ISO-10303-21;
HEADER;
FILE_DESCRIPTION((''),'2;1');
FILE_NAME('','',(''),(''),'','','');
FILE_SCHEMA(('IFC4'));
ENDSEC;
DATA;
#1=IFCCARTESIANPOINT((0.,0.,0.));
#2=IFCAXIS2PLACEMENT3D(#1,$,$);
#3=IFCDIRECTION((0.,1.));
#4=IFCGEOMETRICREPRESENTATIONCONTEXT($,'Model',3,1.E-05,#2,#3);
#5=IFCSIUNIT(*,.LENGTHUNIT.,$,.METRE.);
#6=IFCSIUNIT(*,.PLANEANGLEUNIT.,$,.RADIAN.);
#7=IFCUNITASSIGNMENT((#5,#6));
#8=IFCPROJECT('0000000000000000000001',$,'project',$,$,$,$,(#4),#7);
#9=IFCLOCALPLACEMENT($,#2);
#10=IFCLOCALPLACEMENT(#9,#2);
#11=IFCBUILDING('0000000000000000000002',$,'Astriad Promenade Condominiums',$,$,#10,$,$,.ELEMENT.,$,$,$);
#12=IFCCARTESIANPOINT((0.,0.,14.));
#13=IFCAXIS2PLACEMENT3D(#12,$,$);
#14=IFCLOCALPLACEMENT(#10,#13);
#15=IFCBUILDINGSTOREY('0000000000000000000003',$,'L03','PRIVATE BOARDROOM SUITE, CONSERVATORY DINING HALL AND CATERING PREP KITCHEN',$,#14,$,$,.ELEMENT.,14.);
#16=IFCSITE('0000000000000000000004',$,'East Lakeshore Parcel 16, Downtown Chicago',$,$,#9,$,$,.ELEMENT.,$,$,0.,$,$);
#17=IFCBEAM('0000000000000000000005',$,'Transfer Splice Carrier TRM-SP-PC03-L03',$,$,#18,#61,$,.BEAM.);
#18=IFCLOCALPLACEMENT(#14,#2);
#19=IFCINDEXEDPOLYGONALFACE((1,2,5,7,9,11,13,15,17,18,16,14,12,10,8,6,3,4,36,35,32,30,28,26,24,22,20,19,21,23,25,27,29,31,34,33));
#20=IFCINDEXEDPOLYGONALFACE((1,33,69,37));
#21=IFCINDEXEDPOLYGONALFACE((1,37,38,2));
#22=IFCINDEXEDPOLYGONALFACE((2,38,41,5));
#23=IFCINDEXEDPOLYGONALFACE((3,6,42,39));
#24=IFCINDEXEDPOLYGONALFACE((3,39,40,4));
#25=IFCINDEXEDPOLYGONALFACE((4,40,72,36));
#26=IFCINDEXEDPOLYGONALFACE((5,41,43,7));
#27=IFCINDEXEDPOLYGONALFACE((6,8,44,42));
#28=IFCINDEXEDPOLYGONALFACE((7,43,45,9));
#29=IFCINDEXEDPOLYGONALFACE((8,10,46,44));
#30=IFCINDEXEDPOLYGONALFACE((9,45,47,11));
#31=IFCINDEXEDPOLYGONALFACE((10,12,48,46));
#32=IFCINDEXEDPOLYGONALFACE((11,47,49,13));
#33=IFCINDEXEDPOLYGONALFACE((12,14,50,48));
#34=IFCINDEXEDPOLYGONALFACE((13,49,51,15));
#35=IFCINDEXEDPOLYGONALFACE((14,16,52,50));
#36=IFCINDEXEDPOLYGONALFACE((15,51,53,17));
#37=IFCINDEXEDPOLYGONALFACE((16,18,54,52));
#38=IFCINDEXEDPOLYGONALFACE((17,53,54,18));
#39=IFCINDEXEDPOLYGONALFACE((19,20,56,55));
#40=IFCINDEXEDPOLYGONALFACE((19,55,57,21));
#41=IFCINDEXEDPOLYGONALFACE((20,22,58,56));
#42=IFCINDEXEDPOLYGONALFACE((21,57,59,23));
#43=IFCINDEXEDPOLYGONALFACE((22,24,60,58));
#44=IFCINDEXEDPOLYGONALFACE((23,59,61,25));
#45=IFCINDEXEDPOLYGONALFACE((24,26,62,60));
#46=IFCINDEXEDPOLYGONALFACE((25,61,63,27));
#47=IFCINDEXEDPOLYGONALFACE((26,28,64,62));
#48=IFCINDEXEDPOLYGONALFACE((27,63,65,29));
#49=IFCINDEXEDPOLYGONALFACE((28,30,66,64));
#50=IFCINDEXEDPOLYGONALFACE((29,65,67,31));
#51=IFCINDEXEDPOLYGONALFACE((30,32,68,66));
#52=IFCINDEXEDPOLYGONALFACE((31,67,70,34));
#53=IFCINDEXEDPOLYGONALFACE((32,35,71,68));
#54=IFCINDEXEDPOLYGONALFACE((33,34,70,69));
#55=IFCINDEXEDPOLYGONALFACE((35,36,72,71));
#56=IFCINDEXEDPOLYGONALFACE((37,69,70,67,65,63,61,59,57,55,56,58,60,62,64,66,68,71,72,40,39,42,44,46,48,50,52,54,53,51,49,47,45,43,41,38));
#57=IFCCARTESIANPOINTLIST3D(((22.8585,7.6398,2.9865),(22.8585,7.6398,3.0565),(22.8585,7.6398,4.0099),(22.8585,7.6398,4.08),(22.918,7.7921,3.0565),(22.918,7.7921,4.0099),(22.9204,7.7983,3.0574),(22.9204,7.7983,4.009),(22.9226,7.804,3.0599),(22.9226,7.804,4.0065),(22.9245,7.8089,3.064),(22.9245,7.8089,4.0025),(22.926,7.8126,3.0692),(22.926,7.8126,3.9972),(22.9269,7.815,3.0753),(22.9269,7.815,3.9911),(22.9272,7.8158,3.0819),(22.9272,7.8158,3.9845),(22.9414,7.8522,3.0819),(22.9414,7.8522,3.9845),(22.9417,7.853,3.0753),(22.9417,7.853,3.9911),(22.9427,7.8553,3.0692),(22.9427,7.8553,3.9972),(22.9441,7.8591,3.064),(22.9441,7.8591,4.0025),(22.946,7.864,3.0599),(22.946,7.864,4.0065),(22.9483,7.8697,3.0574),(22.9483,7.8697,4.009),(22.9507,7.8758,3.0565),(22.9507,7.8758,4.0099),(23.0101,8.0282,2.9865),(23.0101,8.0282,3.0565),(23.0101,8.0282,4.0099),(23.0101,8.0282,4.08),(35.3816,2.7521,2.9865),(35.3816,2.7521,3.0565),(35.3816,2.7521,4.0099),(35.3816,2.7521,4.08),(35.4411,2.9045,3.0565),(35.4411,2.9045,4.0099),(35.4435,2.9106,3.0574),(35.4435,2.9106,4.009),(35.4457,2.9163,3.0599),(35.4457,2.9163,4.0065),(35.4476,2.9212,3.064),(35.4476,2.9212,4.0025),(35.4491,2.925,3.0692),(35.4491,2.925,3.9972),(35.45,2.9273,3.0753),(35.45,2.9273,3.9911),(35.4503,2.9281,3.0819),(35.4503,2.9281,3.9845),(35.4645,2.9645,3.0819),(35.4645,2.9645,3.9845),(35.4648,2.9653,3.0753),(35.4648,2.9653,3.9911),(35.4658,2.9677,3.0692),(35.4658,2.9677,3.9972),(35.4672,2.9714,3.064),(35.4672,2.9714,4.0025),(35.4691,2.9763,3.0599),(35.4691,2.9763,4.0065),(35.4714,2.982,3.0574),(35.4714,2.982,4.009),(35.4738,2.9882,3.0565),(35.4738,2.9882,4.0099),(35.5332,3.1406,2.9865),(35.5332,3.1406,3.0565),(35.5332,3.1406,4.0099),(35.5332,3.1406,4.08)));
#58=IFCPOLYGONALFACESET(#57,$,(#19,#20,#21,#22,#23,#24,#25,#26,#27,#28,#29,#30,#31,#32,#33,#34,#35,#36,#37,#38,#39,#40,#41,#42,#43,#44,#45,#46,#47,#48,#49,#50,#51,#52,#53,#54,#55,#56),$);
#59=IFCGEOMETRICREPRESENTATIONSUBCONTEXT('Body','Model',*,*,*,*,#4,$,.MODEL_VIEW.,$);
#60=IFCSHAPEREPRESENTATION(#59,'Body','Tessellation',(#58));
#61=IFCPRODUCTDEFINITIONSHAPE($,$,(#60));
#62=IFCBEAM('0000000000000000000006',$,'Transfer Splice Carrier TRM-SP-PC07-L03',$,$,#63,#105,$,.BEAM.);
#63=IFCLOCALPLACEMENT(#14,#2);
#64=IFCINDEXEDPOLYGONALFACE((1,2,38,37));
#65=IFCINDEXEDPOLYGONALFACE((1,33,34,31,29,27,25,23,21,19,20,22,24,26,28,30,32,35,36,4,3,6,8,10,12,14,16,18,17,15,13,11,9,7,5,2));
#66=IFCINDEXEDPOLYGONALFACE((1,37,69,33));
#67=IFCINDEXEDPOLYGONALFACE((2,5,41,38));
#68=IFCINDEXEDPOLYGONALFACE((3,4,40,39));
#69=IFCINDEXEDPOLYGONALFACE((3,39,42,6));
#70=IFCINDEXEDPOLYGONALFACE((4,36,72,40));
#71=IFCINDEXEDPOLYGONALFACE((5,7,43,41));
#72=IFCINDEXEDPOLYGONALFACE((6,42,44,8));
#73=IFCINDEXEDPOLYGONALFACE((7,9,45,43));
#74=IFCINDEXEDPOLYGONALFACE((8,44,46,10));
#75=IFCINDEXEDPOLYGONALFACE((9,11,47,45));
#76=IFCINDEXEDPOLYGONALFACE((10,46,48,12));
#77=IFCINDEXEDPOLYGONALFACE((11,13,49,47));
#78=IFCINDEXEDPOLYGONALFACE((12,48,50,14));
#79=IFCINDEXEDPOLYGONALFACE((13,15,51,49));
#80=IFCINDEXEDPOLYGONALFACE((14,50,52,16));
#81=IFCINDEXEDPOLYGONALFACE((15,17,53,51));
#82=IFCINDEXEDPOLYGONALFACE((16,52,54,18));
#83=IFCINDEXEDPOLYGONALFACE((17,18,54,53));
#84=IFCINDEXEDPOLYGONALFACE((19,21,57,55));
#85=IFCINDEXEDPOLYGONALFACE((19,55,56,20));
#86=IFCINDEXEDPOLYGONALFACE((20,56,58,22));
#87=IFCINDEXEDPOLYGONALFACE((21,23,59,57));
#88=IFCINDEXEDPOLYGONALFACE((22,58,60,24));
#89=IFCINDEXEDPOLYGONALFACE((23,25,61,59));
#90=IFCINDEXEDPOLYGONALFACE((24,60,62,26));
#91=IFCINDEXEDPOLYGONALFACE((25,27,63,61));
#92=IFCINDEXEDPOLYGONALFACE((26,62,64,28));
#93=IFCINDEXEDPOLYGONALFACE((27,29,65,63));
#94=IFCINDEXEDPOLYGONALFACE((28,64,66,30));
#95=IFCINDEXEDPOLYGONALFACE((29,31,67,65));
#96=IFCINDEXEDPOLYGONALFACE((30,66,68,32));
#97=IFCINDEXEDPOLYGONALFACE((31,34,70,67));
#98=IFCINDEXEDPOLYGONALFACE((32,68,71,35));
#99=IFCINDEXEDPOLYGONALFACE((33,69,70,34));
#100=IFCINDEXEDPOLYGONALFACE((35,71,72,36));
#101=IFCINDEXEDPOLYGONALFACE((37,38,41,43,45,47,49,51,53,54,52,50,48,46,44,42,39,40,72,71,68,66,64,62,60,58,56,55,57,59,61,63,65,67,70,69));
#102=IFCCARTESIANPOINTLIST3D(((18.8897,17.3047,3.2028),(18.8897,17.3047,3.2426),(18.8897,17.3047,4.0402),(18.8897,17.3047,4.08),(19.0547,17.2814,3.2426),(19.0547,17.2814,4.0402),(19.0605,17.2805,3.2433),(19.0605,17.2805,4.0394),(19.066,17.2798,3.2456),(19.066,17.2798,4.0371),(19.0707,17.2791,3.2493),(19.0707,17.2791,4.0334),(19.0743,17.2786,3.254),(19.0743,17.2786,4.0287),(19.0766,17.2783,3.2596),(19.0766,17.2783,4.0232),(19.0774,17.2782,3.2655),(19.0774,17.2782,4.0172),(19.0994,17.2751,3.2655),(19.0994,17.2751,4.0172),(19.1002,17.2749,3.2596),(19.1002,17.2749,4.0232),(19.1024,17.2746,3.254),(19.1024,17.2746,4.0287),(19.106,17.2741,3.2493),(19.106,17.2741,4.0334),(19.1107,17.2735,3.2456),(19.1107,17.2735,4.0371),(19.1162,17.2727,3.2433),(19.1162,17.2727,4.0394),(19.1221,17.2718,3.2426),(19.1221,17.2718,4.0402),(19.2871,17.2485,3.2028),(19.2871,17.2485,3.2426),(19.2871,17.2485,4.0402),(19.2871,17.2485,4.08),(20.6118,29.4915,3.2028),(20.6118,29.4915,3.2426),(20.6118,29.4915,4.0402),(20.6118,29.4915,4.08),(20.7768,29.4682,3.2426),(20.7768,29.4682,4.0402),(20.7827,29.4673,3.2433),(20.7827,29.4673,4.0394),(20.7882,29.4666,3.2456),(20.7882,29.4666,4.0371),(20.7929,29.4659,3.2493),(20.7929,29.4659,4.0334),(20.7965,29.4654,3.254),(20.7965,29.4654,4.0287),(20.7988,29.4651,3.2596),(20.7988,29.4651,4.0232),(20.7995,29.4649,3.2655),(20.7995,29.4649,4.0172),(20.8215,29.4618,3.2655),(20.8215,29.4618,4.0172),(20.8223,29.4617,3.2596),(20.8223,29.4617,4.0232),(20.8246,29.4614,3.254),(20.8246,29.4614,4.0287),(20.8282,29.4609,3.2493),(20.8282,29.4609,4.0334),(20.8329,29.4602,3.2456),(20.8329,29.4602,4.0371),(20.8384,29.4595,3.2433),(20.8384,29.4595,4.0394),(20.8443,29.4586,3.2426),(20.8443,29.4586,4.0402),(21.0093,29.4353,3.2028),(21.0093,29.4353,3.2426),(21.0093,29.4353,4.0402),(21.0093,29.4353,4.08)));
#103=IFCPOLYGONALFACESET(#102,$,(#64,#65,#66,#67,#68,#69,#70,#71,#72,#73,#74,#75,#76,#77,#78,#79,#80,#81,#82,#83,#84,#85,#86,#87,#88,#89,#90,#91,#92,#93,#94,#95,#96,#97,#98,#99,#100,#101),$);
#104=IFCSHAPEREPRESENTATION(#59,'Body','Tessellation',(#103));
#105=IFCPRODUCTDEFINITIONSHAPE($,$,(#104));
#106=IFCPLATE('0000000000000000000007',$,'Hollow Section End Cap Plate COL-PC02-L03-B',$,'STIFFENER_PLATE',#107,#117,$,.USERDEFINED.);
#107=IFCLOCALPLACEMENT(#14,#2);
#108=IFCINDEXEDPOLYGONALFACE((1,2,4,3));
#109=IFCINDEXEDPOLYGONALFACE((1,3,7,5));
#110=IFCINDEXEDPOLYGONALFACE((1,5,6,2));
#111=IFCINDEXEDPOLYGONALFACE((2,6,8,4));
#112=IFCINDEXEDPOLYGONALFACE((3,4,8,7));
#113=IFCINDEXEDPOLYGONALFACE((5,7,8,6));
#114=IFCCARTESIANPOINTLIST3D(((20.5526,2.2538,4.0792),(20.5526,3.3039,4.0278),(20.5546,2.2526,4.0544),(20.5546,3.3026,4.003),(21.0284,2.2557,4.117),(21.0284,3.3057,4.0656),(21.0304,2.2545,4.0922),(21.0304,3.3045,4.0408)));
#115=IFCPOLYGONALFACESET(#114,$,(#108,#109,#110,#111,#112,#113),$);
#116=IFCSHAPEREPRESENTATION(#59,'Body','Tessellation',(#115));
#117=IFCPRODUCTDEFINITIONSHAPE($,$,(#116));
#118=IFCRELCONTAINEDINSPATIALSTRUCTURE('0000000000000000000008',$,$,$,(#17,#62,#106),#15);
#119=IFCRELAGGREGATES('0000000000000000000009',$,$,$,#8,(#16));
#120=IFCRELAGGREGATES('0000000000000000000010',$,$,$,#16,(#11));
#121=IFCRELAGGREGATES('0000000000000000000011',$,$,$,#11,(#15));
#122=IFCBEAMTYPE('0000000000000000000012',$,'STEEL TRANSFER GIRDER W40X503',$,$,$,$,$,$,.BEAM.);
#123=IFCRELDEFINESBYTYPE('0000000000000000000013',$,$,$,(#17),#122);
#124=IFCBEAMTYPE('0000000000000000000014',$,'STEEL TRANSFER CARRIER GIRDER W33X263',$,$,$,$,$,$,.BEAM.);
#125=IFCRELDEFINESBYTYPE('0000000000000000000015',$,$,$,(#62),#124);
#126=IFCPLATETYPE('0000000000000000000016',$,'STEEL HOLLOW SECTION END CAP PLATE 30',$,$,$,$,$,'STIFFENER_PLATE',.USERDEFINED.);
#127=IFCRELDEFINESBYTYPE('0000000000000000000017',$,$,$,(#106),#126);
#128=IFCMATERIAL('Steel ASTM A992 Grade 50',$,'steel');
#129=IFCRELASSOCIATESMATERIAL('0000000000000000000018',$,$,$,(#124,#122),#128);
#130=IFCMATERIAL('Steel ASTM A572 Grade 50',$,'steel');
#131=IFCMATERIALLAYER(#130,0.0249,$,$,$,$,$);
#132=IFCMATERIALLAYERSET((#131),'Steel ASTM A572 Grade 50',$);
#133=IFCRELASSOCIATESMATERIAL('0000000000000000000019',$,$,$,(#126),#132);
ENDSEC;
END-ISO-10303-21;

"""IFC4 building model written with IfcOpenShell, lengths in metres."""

from ifc_helpers import new_model, si_unit, direction, frame, origin, origin_2d, place, context, subcontext, project, spatial, rectangle, i_section, extrude, source, transform, mapped, material, layer, layer_set, material_profile, profile_set, type_object, type_shapes, element, save


model = new_model("IFC4")

# Units and contexts
model_context = context("Model", 3, precision=1e-05, world=origin(), true_north=direction((0.0, 1.0)))
body_context = subcontext(model_context, "Body", "Model", "MODEL_VIEW")
ifc_project = project(units=[si_unit("LENGTHUNIT", "METRE"), si_unit("PLANEANGLEUNIT", "RADIAN")], contexts=[model_context])

# Site, building, storey
site_placement = place(None, origin())
site = spatial("IfcSite", under=ifc_project, at=site_placement, Name="East Lakeshore Parcel 16, Downtown Chicago", CompositionType="ELEMENT", RefElevation=0.0)
building_placement = place(site_placement, origin())
building = spatial("IfcBuilding", under=site, at=building_placement, Name="Astriad Promenade Condominiums", CompositionType="ELEMENT")
storey_placement = place(building_placement, frame((0.0, 0.0, 14.0)))
storey = spatial("IfcBuildingStorey", under=building, at=storey_placement, Name="L03", Description="PRIVATE BOARDROOM SUITE, CONSERVATORY DINING HALL AND CATERING PREP KITCHEN", CompositionType="ELEMENT", Elevation=14.0)

# Shared definitions
ifc_material_1 = material(Name="Steel ASTM A992 Grade 50", Category="steel")

# Beams
ifc_material_profile_1 = material_profile(ifc_material_1, i_section(OverallWidth=0.4014, OverallDepth=0.8772, WebThickness=0.0222, FlangeThickness=0.0398, FilletRadius=0.0229, at=origin_2d()), Name="W33X263")
ifc_profile_set_1 = profile_set([ifc_material_profile_1], Name="Steel ASTM A992 Grade 50")
beam_type_1 = type_object("IfcBeamType", Name="STEEL TRANSFER CARRIER GIRDER W33X263", PredefinedType="BEAM", material=ifc_profile_set_1)
ifc_material_profile_2 = material_profile(ifc_material_1, i_section(OverallWidth=0.417, OverallDepth=1.0935, WebThickness=0.0391, FlangeThickness=0.0701, FilletRadius=0.0254, at=origin_2d()), Name="W40X503")
ifc_profile_set_2 = profile_set([ifc_material_profile_2], Name="Steel ASTM A992 Grade 50")
beam_type_2 = type_object("IfcBeamType", Name="STEEL TRANSFER GIRDER W40X503", PredefinedType="BEAM", material=ifc_profile_set_2)
shared_shape_1 = source(origin(), body_context, "Body", "SweptSolid", [
    extrude(i_section(OverallWidth=0.417, OverallDepth=1.0935, WebThickness=0.0391, FlangeThickness=0.0701, FilletRadius=0.0254, at=origin_2d()), origin(), (0.0, 0.0, 1.0), 13.4431),
])
type_shapes(beam_type_2, [shared_shape_1])
beam_1_placement = place(storey_placement, frame((22.9343, 7.834, 3.5332), z_axis=(0.931563, -0.363581, 0.0), x_axis=(0.363581, 0.931563, 0.0)))
element("IfcBeam", 1, at=beam_1_placement, inside=storey, type_object=beam_type_2, Name="Transfer Splice Carrier TRM-SP-PC03-L03", PredefinedType="BEAM", context=body_context, shape_type="MappedRepresentation", body=[
    mapped(shared_shape_1, transform((0.0, 0.0, 0.0), scale=1.0)),
])
shared_shape_2 = source(origin(), body_context, "Body", "SweptSolid", [
    extrude(i_section(OverallWidth=0.4014, OverallDepth=0.8772, WebThickness=0.0222, FlangeThickness=0.0398, FilletRadius=0.0229, at=origin_2d()), origin(), (0.0, 0.0, 1.0), 12.3079),
])
beam_2_placement = place(storey_placement, frame((19.0884, 17.2766, 3.6414), z_axis=(0.139924, 0.990162, 0.0), x_axis=(-0.990162, 0.139924, 0.0)))
element("IfcBeam", 2, at=beam_2_placement, inside=storey, type_object=beam_type_1, Name="Transfer Splice Carrier TRM-SP-PC07-L03", PredefinedType="BEAM", context=body_context, shape_type="MappedRepresentation", body=[
    mapped(shared_shape_2, transform((0.0, 0.0, 0.0), scale=1.0)),
])

# Plate
ifc_material_2 = material(Name="Steel ASTM A572 Grade 50", Category="steel")
ifc_layer_1 = layer(ifc_material_2, 0.0249)
ifc_layer_set_1 = layer_set([ifc_layer_1], Name="Steel ASTM A572 Grade 50")
plate_type = type_object("IfcPlateType", Name="STEEL HOLLOW SECTION END CAP PLATE 30", ElementType="STIFFENER_PLATE", PredefinedType="USERDEFINED", material=ifc_layer_set_1)
shared_shape_3 = source(origin(), body_context, "Body", "SweptSolid", [
    extrude(rectangle(XDim=0.4773, YDim=1.0513, at=origin_2d()), origin(), (0.0, 0.0, 1.0), 0.0249),
])
type_shapes(plate_type, [shared_shape_3])
plate_placement = place(storey_placement, frame((20.7925, 2.7786, 4.0476), z_axis=(-0.079301, 0.048801, 0.995655), x_axis=(1.0, 0.0, 0.0)))
element("IfcPlate", 3, at=plate_placement, inside=storey, type_object=plate_type, Name="Hollow Section End Cap Plate COL-PC02-L03-B", ObjectType="STIFFENER_PLATE", PredefinedType="USERDEFINED", context=body_context, shape_type="MappedRepresentation", body=[
    mapped(shared_shape_3, transform((0.0, 0.0, 0.0), scale=1.0)),
])

save(model, "model.ifc")
